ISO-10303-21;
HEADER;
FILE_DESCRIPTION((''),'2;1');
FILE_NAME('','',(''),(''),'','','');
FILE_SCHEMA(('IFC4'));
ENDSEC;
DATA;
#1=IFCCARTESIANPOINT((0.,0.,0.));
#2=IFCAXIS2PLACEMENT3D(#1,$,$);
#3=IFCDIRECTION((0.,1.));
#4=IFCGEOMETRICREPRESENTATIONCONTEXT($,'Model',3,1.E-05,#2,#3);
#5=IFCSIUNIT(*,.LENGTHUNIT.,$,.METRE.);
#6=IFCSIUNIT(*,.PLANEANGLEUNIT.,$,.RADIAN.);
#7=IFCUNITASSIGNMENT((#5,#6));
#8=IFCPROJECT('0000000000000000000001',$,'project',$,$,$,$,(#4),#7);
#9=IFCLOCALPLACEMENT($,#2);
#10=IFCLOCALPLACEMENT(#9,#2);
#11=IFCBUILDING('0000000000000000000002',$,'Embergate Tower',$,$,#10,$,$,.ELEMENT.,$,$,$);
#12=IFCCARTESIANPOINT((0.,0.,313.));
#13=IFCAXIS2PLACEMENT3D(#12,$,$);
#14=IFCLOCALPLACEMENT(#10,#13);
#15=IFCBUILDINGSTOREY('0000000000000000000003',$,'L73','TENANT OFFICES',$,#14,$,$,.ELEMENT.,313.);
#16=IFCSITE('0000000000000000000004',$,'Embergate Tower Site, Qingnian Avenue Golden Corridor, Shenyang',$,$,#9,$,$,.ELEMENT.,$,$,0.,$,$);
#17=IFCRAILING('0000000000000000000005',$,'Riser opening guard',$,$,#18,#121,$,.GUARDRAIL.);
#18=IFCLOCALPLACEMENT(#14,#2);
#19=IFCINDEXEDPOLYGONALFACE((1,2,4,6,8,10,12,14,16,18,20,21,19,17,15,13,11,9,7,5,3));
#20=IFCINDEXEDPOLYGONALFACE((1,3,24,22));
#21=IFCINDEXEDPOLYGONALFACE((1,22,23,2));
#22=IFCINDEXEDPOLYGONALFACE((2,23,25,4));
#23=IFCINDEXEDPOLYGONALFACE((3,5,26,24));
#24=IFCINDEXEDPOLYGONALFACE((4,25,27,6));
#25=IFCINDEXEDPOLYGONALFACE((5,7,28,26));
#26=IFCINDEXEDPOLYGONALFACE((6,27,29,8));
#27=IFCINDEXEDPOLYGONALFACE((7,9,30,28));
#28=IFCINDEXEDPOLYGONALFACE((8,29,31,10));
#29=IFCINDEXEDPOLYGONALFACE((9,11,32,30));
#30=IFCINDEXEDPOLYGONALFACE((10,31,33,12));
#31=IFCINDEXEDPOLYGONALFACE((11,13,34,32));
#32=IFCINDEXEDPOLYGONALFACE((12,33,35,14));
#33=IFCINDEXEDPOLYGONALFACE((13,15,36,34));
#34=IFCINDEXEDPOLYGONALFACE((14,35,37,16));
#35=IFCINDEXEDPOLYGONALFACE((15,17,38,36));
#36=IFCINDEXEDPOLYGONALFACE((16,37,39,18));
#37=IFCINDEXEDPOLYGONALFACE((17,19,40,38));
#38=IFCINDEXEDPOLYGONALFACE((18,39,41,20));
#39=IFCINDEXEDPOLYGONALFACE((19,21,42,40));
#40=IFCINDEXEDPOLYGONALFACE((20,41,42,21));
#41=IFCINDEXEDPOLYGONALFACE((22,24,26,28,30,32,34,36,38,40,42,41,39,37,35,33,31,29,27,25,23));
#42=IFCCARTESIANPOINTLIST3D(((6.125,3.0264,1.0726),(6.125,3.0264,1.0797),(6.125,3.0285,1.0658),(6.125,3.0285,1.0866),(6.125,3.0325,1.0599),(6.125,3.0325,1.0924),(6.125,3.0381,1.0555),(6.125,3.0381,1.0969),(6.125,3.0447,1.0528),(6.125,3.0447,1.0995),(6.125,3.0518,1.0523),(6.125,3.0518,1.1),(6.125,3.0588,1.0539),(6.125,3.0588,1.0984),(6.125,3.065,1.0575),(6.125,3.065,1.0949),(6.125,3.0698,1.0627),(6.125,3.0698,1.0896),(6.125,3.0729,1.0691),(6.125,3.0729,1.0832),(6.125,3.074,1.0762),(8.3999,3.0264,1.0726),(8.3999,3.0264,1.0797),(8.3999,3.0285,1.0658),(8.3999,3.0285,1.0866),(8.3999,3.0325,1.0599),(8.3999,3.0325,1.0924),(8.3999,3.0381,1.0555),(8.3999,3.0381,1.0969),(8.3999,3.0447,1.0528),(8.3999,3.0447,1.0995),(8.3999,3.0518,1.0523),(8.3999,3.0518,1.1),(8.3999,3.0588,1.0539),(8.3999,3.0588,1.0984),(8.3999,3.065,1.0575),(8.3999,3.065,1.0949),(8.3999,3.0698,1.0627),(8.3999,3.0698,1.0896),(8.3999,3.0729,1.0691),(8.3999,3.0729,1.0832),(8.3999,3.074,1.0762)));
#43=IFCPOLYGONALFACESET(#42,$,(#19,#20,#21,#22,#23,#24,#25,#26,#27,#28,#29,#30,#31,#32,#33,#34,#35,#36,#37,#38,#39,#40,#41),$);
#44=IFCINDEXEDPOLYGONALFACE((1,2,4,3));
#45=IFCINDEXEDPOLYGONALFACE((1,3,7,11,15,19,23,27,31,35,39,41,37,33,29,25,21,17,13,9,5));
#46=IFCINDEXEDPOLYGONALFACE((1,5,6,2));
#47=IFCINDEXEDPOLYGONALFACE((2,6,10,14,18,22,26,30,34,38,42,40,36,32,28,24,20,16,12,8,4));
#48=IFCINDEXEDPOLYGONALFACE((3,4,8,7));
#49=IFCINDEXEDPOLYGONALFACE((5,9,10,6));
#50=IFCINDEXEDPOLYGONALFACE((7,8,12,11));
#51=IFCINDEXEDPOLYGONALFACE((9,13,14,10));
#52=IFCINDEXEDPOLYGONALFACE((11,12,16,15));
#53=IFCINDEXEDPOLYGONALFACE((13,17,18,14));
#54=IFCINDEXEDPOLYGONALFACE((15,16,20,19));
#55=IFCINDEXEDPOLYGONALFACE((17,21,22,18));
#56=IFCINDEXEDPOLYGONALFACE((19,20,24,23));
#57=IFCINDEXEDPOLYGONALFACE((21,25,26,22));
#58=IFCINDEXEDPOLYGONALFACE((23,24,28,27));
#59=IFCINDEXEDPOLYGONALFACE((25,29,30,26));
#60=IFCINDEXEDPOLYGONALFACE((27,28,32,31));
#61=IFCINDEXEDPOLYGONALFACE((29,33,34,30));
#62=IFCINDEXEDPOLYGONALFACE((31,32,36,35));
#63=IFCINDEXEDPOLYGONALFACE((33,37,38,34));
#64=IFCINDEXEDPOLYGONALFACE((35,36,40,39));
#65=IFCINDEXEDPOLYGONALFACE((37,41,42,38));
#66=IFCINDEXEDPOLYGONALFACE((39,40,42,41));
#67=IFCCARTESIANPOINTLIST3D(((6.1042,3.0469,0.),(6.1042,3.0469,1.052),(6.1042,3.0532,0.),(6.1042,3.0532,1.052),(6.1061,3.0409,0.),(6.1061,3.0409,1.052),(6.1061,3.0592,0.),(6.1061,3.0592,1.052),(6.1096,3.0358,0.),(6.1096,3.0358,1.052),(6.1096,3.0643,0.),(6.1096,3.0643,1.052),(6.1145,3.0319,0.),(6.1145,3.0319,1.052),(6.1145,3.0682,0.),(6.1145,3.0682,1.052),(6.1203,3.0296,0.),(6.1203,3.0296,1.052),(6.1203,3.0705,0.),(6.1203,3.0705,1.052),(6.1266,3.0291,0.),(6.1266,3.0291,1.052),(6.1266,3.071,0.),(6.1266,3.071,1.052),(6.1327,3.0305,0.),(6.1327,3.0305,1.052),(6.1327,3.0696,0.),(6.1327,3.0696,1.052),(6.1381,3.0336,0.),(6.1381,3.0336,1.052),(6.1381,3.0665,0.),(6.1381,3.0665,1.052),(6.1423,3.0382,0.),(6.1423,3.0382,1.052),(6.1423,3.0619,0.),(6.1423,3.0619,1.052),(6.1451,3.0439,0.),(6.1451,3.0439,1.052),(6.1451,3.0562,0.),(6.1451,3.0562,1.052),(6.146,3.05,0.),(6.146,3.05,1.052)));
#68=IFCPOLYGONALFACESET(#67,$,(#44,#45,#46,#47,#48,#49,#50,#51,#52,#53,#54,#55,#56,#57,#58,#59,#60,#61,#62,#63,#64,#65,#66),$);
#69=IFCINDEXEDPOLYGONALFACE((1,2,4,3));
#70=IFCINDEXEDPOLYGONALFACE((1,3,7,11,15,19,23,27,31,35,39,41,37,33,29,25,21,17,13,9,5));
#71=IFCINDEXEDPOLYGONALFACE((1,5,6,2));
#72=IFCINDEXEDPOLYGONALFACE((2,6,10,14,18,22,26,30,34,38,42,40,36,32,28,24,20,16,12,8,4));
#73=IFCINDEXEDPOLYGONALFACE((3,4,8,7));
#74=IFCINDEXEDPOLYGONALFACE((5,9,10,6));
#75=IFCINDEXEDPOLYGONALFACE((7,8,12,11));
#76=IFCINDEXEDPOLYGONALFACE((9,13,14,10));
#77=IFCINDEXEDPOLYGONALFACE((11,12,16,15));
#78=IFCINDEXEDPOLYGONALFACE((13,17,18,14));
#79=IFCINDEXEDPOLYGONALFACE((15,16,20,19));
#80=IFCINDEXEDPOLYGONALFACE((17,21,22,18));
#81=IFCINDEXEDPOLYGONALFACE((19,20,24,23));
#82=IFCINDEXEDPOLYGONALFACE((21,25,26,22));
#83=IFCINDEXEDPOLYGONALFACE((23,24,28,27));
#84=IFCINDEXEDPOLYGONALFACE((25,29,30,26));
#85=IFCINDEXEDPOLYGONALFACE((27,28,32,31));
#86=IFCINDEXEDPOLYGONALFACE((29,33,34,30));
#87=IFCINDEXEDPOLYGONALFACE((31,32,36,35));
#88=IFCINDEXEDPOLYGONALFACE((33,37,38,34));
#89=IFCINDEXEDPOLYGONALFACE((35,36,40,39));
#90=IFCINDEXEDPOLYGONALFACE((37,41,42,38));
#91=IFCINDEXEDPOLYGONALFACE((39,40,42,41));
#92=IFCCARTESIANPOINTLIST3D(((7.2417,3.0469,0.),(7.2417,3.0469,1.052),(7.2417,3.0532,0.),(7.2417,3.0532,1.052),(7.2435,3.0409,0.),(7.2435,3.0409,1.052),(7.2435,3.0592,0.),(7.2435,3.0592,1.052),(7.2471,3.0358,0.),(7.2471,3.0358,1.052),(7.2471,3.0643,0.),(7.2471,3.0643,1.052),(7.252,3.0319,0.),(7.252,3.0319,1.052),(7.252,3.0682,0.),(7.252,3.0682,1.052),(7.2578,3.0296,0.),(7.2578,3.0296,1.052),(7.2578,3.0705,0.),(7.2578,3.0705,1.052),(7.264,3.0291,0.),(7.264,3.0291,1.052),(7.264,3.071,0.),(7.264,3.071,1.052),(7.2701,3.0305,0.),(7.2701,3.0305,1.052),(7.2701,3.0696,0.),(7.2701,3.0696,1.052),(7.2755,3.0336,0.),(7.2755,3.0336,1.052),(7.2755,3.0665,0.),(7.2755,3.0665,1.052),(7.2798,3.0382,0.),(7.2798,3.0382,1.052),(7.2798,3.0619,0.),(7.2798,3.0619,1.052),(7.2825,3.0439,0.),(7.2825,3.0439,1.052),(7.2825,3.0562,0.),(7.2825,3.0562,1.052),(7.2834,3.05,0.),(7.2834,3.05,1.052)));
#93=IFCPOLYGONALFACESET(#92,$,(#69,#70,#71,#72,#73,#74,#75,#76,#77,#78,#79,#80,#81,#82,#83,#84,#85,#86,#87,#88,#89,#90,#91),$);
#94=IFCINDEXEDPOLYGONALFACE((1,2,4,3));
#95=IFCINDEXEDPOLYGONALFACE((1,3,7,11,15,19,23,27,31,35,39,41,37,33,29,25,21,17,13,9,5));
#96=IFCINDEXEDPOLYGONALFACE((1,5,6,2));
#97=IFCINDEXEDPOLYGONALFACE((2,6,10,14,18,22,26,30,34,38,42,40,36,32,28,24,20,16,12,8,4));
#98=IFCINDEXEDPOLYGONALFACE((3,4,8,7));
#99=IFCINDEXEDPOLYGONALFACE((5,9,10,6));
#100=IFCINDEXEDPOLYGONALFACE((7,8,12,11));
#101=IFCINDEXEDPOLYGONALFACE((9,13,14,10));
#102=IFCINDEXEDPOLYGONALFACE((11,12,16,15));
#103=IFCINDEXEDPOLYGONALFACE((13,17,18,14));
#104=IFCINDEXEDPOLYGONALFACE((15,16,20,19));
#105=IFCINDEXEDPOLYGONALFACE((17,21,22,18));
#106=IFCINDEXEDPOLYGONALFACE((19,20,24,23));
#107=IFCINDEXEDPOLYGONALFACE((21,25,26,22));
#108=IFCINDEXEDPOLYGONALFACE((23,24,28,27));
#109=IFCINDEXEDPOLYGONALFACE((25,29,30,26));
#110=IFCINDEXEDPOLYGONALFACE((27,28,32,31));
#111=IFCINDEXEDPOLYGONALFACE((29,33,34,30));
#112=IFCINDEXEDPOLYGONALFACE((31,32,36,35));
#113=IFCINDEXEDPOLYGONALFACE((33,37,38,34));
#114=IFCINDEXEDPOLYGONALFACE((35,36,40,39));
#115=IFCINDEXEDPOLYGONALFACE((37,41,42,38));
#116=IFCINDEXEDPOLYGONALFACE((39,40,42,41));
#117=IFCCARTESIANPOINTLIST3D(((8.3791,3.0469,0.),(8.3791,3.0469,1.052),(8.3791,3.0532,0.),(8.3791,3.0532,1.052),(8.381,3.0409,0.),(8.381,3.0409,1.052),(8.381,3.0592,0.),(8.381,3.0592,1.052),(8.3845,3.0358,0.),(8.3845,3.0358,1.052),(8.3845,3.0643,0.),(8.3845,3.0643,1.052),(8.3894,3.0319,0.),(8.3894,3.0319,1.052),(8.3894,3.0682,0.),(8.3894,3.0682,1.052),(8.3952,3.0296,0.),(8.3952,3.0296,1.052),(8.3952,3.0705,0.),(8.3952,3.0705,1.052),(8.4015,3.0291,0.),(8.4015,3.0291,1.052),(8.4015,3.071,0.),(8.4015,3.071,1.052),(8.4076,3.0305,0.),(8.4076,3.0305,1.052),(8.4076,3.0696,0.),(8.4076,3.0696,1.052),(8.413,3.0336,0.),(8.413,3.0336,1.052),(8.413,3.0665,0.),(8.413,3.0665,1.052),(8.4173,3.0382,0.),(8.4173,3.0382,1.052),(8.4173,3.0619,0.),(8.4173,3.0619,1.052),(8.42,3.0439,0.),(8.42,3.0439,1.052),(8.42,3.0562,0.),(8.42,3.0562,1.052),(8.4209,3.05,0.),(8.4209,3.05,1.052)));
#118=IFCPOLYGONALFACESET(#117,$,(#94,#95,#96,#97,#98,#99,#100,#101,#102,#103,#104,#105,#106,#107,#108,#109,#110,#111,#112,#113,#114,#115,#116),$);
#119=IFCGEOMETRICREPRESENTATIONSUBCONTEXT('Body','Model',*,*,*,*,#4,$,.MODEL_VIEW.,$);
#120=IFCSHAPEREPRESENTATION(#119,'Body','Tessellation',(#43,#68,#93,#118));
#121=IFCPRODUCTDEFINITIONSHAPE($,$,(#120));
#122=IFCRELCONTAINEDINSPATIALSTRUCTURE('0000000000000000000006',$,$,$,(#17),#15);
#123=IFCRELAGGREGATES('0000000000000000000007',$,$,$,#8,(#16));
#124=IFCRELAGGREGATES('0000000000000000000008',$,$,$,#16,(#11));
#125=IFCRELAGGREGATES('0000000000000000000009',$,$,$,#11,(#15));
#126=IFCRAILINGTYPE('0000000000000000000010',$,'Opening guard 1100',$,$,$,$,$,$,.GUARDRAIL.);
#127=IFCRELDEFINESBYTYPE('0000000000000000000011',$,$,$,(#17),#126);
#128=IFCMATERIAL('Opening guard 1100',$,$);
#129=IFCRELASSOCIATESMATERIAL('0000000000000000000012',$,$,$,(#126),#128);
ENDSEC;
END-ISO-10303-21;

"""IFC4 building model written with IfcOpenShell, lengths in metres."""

from ifc_helpers import new_model, si_unit, direction, frame, origin, origin_2d, place, context, subcontext, project, spatial, circle, extrude, source, transform, mapped, material, type_object, element, save


model = new_model("IFC4")

# Units and contexts
model_context = context("Model", 3, precision=1e-05, world=origin(), true_north=direction((0.0, 1.0)))
body_context = subcontext(model_context, "Body", "Model", "MODEL_VIEW")
ifc_project = project(units=[si_unit("LENGTHUNIT", "METRE"), si_unit("PLANEANGLEUNIT", "RADIAN")], contexts=[model_context])

# Site, building, storey
site_placement = place(None, origin())
site = spatial("IfcSite", under=ifc_project, at=site_placement, Name="Embergate Tower Site, Qingnian Avenue Golden Corridor, Shenyang", CompositionType="ELEMENT", RefElevation=0.0)
building_placement = place(site_placement, origin())
building = spatial("IfcBuilding", under=site, at=building_placement, Name="Embergate Tower", CompositionType="ELEMENT")
storey_placement = place(building_placement, frame((0.0, 0.0, 313.0)))
storey = spatial("IfcBuildingStorey", under=building, at=storey_placement, Name="L73", Description="TENANT OFFICES", CompositionType="ELEMENT", Elevation=313.0)

# Railing
ifc_material_1 = material(Name="Opening guard 1100")
railing_type = type_object("IfcRailingType", Name="Opening guard 1100", PredefinedType="GUARDRAIL", material=ifc_material_1)
shared_shape_1 = source(origin(), body_context, "Body", "SweptSolid", [
    extrude(circle(Radius=0.0239, at=origin_2d()), frame((0.0, 0.0, 1.0762), z_axis=(1.0, 0.0, 0.0), x_axis=(0.0, 1.0, 0.0)), (0.0, 0.0, 1.0), 2.2749),
    extrude(circle(Radius=0.021, at=origin_2d()), origin(), (0.0, 0.0, 1.0), 1.052),
    extrude(circle(Radius=0.021, at=origin_2d()), frame((1.1375, 0.0, 0.0)), (0.0, 0.0, 1.0), 1.052),
    extrude(circle(Radius=0.021, at=origin_2d()), frame((2.2749, 0.0, 0.0)), (0.0, 0.0, 1.0), 1.052),
])
railing_placement = place(storey_placement, frame((6.125, 3.05, 0.0)))
element("IfcRailing", 1, at=railing_placement, inside=storey, type_object=railing_type, Name="Riser opening guard", PredefinedType="GUARDRAIL", context=body_context, shape_type="MappedRepresentation", body=[
    mapped(shared_shape_1, transform((0.0, 0.0, 0.0))),
])

save(model, "model.ifc")
